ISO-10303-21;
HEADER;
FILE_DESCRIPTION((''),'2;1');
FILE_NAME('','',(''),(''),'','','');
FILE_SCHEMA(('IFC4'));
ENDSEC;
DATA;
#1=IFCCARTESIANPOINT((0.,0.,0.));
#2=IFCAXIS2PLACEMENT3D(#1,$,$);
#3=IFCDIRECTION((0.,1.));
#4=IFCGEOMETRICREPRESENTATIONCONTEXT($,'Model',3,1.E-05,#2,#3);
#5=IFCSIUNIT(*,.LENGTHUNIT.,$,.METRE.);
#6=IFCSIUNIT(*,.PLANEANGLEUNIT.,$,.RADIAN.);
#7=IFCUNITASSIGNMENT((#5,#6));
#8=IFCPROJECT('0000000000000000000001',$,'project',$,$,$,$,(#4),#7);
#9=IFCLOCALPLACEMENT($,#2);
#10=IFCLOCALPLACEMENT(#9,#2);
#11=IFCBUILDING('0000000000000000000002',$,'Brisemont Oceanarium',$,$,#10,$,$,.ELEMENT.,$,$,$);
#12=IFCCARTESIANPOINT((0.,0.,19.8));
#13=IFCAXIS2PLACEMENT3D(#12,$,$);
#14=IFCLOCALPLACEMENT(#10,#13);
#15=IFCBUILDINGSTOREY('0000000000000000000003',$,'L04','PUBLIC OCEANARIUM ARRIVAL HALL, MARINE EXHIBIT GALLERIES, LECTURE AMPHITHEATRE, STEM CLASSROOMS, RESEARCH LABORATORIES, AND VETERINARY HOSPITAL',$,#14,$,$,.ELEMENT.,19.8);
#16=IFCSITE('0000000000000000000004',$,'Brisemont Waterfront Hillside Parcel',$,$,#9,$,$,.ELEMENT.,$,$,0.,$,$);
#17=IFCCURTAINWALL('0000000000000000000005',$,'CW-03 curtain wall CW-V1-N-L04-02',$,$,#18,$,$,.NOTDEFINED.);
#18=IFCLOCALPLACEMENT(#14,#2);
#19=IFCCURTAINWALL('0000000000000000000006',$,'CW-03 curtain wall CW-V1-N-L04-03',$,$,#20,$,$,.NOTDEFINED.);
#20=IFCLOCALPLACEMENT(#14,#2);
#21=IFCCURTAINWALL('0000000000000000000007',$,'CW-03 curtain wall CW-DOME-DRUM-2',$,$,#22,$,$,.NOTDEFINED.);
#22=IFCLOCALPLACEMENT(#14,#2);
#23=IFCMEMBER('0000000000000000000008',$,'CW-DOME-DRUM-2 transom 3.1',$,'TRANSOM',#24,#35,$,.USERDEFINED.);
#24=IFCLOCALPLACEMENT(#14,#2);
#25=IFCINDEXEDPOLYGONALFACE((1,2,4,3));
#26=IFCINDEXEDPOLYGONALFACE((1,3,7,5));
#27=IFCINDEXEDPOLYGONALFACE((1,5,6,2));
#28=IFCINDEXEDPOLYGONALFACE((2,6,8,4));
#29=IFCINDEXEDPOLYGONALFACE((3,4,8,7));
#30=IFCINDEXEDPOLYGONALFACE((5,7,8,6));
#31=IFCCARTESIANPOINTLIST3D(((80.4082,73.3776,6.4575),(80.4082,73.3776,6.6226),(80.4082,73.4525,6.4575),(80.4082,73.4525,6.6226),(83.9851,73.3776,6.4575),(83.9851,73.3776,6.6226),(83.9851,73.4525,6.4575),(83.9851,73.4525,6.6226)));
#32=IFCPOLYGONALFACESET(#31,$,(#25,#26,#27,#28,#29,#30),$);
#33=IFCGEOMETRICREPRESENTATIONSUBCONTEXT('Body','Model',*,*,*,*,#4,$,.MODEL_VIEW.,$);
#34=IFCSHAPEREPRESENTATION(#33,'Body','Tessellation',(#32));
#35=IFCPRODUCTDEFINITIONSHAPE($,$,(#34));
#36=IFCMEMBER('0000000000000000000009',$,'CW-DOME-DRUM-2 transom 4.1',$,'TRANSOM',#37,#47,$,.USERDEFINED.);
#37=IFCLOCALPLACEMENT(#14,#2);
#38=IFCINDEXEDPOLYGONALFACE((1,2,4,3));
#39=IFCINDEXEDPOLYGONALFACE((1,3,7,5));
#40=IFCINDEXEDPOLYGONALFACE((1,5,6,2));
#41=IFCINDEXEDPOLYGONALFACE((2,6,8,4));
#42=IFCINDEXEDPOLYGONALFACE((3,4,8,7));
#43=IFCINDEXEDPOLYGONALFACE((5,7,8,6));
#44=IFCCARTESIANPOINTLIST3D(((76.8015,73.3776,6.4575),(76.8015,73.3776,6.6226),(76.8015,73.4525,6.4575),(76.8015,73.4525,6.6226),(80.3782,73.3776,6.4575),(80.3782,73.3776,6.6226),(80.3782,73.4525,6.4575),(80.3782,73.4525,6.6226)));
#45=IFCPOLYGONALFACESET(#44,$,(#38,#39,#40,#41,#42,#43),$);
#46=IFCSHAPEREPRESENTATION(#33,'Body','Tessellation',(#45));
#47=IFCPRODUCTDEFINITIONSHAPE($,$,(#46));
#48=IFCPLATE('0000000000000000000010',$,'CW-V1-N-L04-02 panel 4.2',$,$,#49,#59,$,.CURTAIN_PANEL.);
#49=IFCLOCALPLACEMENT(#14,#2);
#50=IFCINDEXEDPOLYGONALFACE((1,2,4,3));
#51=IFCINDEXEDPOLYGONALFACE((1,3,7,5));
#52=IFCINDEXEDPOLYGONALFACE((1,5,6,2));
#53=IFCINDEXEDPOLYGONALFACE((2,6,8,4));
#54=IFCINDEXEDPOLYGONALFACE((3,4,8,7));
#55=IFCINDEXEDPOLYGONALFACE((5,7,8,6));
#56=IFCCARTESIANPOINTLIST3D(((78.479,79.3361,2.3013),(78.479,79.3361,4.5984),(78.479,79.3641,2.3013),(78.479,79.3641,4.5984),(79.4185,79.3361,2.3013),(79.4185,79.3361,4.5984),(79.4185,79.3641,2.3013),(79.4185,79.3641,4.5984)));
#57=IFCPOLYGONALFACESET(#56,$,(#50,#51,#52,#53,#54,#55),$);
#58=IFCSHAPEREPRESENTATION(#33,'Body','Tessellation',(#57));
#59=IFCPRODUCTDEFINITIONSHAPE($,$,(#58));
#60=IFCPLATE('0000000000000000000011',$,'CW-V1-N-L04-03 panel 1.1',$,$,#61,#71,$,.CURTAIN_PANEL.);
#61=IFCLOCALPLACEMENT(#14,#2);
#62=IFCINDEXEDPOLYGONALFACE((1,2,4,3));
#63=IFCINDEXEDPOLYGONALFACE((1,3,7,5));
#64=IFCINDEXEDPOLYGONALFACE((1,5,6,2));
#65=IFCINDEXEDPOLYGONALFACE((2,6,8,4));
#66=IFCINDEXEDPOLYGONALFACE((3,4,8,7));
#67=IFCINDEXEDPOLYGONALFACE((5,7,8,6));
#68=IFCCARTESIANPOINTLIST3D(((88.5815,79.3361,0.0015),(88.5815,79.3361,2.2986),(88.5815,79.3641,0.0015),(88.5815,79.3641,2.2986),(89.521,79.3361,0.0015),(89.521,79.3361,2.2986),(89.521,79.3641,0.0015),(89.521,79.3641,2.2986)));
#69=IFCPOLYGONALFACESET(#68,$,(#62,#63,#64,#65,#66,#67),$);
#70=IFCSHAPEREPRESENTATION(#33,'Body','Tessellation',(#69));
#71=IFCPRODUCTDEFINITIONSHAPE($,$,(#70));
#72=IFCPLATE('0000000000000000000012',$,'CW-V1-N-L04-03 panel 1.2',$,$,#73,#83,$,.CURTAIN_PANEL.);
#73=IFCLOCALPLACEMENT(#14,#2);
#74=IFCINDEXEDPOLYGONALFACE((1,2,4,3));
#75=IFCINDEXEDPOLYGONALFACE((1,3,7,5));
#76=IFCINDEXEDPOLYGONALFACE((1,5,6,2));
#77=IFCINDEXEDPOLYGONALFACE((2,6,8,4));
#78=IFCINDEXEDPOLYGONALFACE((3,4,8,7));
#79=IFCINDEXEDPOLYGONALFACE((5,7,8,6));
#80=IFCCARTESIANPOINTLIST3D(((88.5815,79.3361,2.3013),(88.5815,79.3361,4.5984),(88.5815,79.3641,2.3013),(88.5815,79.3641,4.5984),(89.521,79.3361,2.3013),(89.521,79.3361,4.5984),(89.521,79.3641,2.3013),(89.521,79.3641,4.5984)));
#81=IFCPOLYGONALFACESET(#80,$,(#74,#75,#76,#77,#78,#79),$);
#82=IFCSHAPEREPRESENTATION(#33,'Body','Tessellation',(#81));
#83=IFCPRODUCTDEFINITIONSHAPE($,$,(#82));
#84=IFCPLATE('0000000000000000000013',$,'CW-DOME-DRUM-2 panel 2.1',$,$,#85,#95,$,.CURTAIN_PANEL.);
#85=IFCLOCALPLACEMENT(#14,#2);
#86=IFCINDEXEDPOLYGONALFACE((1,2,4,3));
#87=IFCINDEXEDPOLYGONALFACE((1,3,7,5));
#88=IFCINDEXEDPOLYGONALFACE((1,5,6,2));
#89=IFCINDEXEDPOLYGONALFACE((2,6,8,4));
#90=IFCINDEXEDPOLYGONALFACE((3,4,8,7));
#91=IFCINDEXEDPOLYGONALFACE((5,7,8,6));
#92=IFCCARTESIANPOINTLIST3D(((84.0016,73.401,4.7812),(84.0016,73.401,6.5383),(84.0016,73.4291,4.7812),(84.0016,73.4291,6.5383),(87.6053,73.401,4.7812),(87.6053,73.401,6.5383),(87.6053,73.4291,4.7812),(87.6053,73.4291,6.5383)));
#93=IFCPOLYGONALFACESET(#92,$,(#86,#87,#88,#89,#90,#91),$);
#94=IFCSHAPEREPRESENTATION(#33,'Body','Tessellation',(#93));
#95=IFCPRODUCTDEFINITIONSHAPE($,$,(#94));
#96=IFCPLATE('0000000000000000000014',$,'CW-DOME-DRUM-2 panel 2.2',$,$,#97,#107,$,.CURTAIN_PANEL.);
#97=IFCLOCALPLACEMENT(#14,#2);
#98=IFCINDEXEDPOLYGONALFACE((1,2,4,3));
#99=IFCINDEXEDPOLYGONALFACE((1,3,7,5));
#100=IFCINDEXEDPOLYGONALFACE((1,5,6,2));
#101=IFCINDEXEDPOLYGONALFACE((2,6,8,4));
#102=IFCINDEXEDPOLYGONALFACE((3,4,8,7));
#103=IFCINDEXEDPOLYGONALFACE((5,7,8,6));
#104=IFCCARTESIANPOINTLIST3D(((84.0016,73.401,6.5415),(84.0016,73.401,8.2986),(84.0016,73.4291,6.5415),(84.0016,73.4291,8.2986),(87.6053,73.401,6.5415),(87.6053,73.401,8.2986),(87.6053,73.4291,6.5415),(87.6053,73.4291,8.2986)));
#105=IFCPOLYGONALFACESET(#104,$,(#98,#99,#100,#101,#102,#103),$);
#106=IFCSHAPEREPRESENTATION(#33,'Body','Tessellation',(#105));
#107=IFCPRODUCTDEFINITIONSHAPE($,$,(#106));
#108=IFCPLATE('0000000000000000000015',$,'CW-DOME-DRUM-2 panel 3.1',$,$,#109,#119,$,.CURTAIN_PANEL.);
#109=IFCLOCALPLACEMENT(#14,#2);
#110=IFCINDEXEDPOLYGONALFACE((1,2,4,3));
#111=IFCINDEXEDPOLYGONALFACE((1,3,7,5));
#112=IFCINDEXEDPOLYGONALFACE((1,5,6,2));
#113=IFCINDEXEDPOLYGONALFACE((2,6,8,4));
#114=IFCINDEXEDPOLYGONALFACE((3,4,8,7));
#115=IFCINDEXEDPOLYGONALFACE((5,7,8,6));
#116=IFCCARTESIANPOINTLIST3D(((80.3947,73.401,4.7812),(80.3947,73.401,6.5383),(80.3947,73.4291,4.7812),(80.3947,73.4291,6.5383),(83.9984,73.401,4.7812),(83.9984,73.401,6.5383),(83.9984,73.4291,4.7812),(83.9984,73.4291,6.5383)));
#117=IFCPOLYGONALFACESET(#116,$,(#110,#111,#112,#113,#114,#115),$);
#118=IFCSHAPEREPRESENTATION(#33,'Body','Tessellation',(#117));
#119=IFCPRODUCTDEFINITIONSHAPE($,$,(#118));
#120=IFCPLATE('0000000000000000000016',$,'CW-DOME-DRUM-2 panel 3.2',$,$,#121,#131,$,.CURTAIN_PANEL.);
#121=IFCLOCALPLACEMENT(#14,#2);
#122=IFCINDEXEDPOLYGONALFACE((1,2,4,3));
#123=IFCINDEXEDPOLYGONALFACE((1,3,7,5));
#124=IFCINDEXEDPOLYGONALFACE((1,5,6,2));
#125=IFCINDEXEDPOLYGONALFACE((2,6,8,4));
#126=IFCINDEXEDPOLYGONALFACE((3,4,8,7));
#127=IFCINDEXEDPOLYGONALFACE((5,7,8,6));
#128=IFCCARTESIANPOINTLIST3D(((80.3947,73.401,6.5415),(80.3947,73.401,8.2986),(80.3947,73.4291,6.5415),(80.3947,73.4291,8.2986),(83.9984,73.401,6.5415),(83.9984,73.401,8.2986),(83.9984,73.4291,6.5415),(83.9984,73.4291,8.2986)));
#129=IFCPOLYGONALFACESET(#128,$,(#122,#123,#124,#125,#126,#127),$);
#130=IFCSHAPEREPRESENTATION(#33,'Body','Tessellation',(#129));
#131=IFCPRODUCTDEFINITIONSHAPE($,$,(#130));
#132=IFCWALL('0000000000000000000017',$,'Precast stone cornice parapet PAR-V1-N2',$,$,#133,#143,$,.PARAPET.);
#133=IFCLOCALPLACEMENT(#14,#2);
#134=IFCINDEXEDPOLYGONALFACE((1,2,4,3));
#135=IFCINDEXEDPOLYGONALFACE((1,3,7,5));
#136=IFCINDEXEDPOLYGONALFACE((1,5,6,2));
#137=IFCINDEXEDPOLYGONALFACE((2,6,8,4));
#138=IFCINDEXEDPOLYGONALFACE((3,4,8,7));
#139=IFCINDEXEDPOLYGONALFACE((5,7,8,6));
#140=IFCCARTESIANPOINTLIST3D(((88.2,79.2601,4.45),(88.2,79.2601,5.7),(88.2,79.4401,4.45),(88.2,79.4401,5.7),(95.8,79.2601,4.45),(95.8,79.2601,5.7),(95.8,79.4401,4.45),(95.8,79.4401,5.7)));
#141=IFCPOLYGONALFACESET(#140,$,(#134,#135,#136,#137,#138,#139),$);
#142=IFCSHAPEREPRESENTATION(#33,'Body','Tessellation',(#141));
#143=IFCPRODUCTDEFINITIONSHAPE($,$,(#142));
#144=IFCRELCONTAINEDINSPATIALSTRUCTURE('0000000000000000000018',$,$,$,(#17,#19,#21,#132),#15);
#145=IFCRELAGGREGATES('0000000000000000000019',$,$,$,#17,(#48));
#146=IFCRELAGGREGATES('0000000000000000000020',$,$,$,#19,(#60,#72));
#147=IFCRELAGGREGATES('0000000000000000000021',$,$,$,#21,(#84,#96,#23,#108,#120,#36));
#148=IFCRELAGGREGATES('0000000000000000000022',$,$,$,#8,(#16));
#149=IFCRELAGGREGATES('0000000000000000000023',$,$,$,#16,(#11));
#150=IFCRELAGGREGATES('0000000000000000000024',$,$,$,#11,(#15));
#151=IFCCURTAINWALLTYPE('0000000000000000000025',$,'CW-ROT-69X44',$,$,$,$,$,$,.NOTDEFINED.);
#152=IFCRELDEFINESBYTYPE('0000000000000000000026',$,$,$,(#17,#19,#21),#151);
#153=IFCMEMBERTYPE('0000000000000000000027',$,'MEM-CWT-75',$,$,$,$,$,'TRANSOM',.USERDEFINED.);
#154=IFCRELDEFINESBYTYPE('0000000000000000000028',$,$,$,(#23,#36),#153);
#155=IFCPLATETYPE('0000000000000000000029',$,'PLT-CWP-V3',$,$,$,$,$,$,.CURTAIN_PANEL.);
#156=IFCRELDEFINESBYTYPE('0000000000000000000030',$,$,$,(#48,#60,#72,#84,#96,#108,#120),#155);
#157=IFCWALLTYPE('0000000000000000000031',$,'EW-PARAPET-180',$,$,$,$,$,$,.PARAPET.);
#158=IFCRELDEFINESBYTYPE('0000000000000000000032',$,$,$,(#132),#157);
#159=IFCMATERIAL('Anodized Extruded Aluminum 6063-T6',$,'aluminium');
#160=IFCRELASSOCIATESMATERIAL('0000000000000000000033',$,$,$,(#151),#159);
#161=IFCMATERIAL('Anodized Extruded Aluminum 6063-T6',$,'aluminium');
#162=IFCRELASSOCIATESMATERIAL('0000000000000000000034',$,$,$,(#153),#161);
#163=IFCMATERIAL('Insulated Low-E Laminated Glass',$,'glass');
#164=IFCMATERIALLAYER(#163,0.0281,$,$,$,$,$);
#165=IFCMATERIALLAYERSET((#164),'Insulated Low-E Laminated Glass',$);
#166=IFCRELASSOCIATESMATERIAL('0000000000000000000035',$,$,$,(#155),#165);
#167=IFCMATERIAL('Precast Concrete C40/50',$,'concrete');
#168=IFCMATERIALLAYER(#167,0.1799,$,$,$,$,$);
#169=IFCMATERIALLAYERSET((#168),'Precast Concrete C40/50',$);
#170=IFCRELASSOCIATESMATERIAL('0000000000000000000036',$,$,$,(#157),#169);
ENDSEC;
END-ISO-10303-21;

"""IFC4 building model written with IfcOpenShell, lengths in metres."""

from ifc_helpers import new_model, si_unit, direction, frame, frame_2d, origin, origin_2d, place, context, subcontext, project, spatial, rectangle, extrude, material, layer, layer_set, material_profile, profile_set, type_object, element, aggregate, save


model = new_model("IFC4")

# Units and contexts
model_context = context("Model", 3, precision=1e-05, world=origin(), true_north=direction((0.0, 1.0)))
body_context = subcontext(model_context, "Body", "Model", "MODEL_VIEW")
ifc_project = project(units=[si_unit("LENGTHUNIT", "METRE"), si_unit("PLANEANGLEUNIT", "RADIAN")], contexts=[model_context])

# Site, building, storey
site_placement = place(None, origin())
site = spatial("IfcSite", under=ifc_project, at=site_placement, Name="Brisemont Waterfront Hillside Parcel", CompositionType="ELEMENT", RefElevation=0.0)
building_placement = place(site_placement, origin())
building = spatial("IfcBuilding", under=site, at=building_placement, Name="Brisemont Oceanarium", CompositionType="ELEMENT")
storey_placement = place(building_placement, frame((0.0, 0.0, 19.8)))
storey = spatial("IfcBuildingStorey", under=building, at=storey_placement, Name="L04", Description="PUBLIC OCEANARIUM ARRIVAL HALL, MARINE EXHIBIT GALLERIES, LECTURE AMPHITHEATRE, STEM CLASSROOMS, RESEARCH LABORATORIES, AND VETERINARY HOSPITAL", CompositionType="ELEMENT", Elevation=19.8)

# Curtain walls
ifc_material_1 = material(Name="Anodized Extruded Aluminum 6063-T6", Category="aluminium")
curtain_wall_type = type_object("IfcCurtainWallType", Name="CW-ROT-69X44", PredefinedType="NOTDEFINED", material=ifc_material_1)
curtain_wall_1_placement = place(storey_placement, origin())
curtain_wall_1 = element("IfcCurtainWall", 1, at=curtain_wall_1_placement, inside=storey, type_object=curtain_wall_type, Name="CW-03 curtain wall CW-V1-N-L04-02", PredefinedType="NOTDEFINED")
curtain_wall_2_placement = place(storey_placement, origin())
curtain_wall_2 = element("IfcCurtainWall", 2, at=curtain_wall_2_placement, inside=storey, type_object=curtain_wall_type, Name="CW-03 curtain wall CW-V1-N-L04-03", PredefinedType="NOTDEFINED")

# Curtain wall
curtain_wall_3_placement = place(storey_placement, origin())
curtain_wall_3 = element("IfcCurtainWall", 3, at=curtain_wall_3_placement, inside=storey, type_object=curtain_wall_type, Name="CW-03 curtain wall CW-DOME-DRUM-2", PredefinedType="NOTDEFINED")

# Members
ifc_material_2 = material(Name="Anodized Extruded Aluminum 6063-T6", Category="aluminium")
ifc_material_profile_1 = material_profile(ifc_material_2, rectangle(XDim=0.075, YDim=0.165, at=origin_2d()), Name="CWT-75X165")
ifc_profile_set_1 = profile_set([ifc_material_profile_1], Name="Anodized Extruded Aluminum 6063-T6")
member_type_1 = type_object("IfcMemberType", Name="MEM-CWT-75", ElementType="TRANSOM", PredefinedType="USERDEFINED", material=ifc_profile_set_1)
member_1_placement = place(storey_placement, frame((83.9851, 73.415, 6.54), z_axis=(-1.0, 0.0, 0.0), x_axis=(0.0, -1.0, 0.0)))
member_1 = element("IfcMember", 4, at=member_1_placement, type_object=member_type_1, Name="CW-DOME-DRUM-2 transom 3.1", ObjectType="TRANSOM", PredefinedType="USERDEFINED", context=body_context, shape_type="SweptSolid", body=[
    extrude(rectangle(XDim=0.075, YDim=0.165, at=origin_2d()), origin(), (0.0, 0.0, 1.0), 3.5769),
])
member_2_placement = place(storey_placement, frame((80.3782, 73.415, 6.54), z_axis=(-1.0, 0.0, 0.0), x_axis=(0.0, -1.0, 0.0)))
member_2 = element("IfcMember", 5, at=member_2_placement, type_object=member_type_1, Name="CW-DOME-DRUM-2 transom 4.1", ObjectType="TRANSOM", PredefinedType="USERDEFINED", context=body_context, shape_type="SweptSolid", body=[
    extrude(rectangle(XDim=0.075, YDim=0.165, at=origin_2d()), origin(), (0.0, 0.0, 1.0), 3.5767),
])

# Plates
ifc_material_3 = material(Name="Insulated Low-E Laminated Glass", Category="glass")
ifc_layer_1 = layer(ifc_material_3, 0.0281)
ifc_layer_set_1 = layer_set([ifc_layer_1], Name="Insulated Low-E Laminated Glass")
plate_type = type_object("IfcPlateType", Name="PLT-CWP-V3", PredefinedType="CURTAIN_PANEL", material=ifc_layer_set_1)
plate_1_placement = place(storey_placement, frame((78.9487, 79.3501, 2.3013), z_axis=(0.0, 0.0, 1.0), x_axis=(1.0, 0.0, 0.0)))
plate_1 = element("IfcPlate", 6, at=plate_1_placement, type_object=plate_type, Name="CW-V1-N-L04-02 panel 4.2", PredefinedType="CURTAIN_PANEL", context=body_context, shape_type="SweptSolid", body=[
    extrude(rectangle(XDim=0.9395, YDim=0.0281, at=origin_2d()), origin(), (0.0, 0.0, 1.0), 2.2971),
])
aggregate(curtain_wall_1, [plate_1])
plate_2_placement = place(storey_placement, frame((89.0513, 79.3501, 0.0015), z_axis=(0.0, 0.0, 1.0), x_axis=(1.0, 0.0, 0.0)))
plate_2 = element("IfcPlate", 7, at=plate_2_placement, type_object=plate_type, Name="CW-V1-N-L04-03 panel 1.1", PredefinedType="CURTAIN_PANEL", context=body_context, shape_type="SweptSolid", body=[
    extrude(rectangle(XDim=0.9395, YDim=0.0281, at=origin_2d()), origin(), (0.0, 0.0, 1.0), 2.2971),
])
plate_3_placement = place(storey_placement, frame((89.0513, 79.3501, 2.3013), z_axis=(0.0, 0.0, 1.0), x_axis=(1.0, 0.0, 0.0)))
plate_3 = element("IfcPlate", 8, at=plate_3_placement, type_object=plate_type, Name="CW-V1-N-L04-03 panel 1.2", PredefinedType="CURTAIN_PANEL", context=body_context, shape_type="SweptSolid", body=[
    extrude(rectangle(XDim=0.9395, YDim=0.0281, at=origin_2d()), origin(), (0.0, 0.0, 1.0), 2.2971),
])
aggregate(curtain_wall_2, [plate_2, plate_3])
plate_4_placement = place(storey_placement, frame((85.8035, 73.415, 4.7812), z_axis=(0.0, 0.0, 1.0), x_axis=(-1.0, 0.0, 0.0)))
plate_4 = element("IfcPlate", 9, at=plate_4_placement, type_object=plate_type, Name="CW-DOME-DRUM-2 panel 2.1", PredefinedType="CURTAIN_PANEL", context=body_context, shape_type="SweptSolid", body=[
    extrude(rectangle(XDim=3.6038, YDim=0.0281, at=origin_2d()), origin(), (0.0, 0.0, 1.0), 1.7571),
])
plate_5_placement = place(storey_placement, frame((85.8035, 73.415, 6.5415), z_axis=(0.0, 0.0, 1.0), x_axis=(-1.0, 0.0, 0.0)))
plate_5 = element("IfcPlate", 10, at=plate_5_placement, type_object=plate_type, Name="CW-DOME-DRUM-2 panel 2.2", PredefinedType="CURTAIN_PANEL", context=body_context, shape_type="SweptSolid", body=[
    extrude(rectangle(XDim=3.6038, YDim=0.0281, at=origin_2d()), origin(), (0.0, 0.0, 1.0), 1.7571),
])
plate_6_placement = place(storey_placement, frame((82.1965, 73.415, 4.7812), z_axis=(0.0, 0.0, 1.0), x_axis=(-1.0, 0.0, 0.0)))
plate_6 = element("IfcPlate", 11, at=plate_6_placement, type_object=plate_type, Name="CW-DOME-DRUM-2 panel 3.1", PredefinedType="CURTAIN_PANEL", context=body_context, shape_type="SweptSolid", body=[
    extrude(rectangle(XDim=3.6038, YDim=0.0281, at=origin_2d()), origin(), (0.0, 0.0, 1.0), 1.7571),
])
plate_7_placement = place(storey_placement, frame((82.1965, 73.415, 6.5415), z_axis=(0.0, 0.0, 1.0), x_axis=(-1.0, 0.0, 0.0)))
plate_7 = element("IfcPlate", 12, at=plate_7_placement, type_object=plate_type, Name="CW-DOME-DRUM-2 panel 3.2", PredefinedType="CURTAIN_PANEL", context=body_context, shape_type="SweptSolid", body=[
    extrude(rectangle(XDim=3.6038, YDim=0.0281, at=origin_2d()), origin(), (0.0, 0.0, 1.0), 1.7571),
])
aggregate(curtain_wall_3, [plate_4, plate_5, member_1, plate_6, plate_7, member_2])

# Wall
ifc_material_4 = material(Name="Precast Concrete C40/50", Category="concrete")
ifc_layer_2 = layer(ifc_material_4, 0.1799)
ifc_layer_set_2 = layer_set([ifc_layer_2], Name="Precast Concrete C40/50")
wall_type = type_object("IfcWallType", Name="EW-PARAPET-180", PredefinedType="PARAPET", material=ifc_layer_set_2)
wall_placement = place(storey_placement, frame((88.2, 79.3501, 4.45), z_axis=(0.0, 0.0, 1.0), x_axis=(1.0, 0.0, 0.0)))
element("IfcWall", 13, at=wall_placement, inside=storey, type_object=wall_type, Name="Precast stone cornice parapet PAR-V1-N2", PredefinedType="PARAPET", context=body_context, shape_type="SweptSolid", body=[
    extrude(rectangle(XDim=7.6001, YDim=0.1799, at=frame_2d((3.8, 0.0))), origin(), (0.0, 0.0, 1.0), 1.25),
])

save(model, "model.ifc")
